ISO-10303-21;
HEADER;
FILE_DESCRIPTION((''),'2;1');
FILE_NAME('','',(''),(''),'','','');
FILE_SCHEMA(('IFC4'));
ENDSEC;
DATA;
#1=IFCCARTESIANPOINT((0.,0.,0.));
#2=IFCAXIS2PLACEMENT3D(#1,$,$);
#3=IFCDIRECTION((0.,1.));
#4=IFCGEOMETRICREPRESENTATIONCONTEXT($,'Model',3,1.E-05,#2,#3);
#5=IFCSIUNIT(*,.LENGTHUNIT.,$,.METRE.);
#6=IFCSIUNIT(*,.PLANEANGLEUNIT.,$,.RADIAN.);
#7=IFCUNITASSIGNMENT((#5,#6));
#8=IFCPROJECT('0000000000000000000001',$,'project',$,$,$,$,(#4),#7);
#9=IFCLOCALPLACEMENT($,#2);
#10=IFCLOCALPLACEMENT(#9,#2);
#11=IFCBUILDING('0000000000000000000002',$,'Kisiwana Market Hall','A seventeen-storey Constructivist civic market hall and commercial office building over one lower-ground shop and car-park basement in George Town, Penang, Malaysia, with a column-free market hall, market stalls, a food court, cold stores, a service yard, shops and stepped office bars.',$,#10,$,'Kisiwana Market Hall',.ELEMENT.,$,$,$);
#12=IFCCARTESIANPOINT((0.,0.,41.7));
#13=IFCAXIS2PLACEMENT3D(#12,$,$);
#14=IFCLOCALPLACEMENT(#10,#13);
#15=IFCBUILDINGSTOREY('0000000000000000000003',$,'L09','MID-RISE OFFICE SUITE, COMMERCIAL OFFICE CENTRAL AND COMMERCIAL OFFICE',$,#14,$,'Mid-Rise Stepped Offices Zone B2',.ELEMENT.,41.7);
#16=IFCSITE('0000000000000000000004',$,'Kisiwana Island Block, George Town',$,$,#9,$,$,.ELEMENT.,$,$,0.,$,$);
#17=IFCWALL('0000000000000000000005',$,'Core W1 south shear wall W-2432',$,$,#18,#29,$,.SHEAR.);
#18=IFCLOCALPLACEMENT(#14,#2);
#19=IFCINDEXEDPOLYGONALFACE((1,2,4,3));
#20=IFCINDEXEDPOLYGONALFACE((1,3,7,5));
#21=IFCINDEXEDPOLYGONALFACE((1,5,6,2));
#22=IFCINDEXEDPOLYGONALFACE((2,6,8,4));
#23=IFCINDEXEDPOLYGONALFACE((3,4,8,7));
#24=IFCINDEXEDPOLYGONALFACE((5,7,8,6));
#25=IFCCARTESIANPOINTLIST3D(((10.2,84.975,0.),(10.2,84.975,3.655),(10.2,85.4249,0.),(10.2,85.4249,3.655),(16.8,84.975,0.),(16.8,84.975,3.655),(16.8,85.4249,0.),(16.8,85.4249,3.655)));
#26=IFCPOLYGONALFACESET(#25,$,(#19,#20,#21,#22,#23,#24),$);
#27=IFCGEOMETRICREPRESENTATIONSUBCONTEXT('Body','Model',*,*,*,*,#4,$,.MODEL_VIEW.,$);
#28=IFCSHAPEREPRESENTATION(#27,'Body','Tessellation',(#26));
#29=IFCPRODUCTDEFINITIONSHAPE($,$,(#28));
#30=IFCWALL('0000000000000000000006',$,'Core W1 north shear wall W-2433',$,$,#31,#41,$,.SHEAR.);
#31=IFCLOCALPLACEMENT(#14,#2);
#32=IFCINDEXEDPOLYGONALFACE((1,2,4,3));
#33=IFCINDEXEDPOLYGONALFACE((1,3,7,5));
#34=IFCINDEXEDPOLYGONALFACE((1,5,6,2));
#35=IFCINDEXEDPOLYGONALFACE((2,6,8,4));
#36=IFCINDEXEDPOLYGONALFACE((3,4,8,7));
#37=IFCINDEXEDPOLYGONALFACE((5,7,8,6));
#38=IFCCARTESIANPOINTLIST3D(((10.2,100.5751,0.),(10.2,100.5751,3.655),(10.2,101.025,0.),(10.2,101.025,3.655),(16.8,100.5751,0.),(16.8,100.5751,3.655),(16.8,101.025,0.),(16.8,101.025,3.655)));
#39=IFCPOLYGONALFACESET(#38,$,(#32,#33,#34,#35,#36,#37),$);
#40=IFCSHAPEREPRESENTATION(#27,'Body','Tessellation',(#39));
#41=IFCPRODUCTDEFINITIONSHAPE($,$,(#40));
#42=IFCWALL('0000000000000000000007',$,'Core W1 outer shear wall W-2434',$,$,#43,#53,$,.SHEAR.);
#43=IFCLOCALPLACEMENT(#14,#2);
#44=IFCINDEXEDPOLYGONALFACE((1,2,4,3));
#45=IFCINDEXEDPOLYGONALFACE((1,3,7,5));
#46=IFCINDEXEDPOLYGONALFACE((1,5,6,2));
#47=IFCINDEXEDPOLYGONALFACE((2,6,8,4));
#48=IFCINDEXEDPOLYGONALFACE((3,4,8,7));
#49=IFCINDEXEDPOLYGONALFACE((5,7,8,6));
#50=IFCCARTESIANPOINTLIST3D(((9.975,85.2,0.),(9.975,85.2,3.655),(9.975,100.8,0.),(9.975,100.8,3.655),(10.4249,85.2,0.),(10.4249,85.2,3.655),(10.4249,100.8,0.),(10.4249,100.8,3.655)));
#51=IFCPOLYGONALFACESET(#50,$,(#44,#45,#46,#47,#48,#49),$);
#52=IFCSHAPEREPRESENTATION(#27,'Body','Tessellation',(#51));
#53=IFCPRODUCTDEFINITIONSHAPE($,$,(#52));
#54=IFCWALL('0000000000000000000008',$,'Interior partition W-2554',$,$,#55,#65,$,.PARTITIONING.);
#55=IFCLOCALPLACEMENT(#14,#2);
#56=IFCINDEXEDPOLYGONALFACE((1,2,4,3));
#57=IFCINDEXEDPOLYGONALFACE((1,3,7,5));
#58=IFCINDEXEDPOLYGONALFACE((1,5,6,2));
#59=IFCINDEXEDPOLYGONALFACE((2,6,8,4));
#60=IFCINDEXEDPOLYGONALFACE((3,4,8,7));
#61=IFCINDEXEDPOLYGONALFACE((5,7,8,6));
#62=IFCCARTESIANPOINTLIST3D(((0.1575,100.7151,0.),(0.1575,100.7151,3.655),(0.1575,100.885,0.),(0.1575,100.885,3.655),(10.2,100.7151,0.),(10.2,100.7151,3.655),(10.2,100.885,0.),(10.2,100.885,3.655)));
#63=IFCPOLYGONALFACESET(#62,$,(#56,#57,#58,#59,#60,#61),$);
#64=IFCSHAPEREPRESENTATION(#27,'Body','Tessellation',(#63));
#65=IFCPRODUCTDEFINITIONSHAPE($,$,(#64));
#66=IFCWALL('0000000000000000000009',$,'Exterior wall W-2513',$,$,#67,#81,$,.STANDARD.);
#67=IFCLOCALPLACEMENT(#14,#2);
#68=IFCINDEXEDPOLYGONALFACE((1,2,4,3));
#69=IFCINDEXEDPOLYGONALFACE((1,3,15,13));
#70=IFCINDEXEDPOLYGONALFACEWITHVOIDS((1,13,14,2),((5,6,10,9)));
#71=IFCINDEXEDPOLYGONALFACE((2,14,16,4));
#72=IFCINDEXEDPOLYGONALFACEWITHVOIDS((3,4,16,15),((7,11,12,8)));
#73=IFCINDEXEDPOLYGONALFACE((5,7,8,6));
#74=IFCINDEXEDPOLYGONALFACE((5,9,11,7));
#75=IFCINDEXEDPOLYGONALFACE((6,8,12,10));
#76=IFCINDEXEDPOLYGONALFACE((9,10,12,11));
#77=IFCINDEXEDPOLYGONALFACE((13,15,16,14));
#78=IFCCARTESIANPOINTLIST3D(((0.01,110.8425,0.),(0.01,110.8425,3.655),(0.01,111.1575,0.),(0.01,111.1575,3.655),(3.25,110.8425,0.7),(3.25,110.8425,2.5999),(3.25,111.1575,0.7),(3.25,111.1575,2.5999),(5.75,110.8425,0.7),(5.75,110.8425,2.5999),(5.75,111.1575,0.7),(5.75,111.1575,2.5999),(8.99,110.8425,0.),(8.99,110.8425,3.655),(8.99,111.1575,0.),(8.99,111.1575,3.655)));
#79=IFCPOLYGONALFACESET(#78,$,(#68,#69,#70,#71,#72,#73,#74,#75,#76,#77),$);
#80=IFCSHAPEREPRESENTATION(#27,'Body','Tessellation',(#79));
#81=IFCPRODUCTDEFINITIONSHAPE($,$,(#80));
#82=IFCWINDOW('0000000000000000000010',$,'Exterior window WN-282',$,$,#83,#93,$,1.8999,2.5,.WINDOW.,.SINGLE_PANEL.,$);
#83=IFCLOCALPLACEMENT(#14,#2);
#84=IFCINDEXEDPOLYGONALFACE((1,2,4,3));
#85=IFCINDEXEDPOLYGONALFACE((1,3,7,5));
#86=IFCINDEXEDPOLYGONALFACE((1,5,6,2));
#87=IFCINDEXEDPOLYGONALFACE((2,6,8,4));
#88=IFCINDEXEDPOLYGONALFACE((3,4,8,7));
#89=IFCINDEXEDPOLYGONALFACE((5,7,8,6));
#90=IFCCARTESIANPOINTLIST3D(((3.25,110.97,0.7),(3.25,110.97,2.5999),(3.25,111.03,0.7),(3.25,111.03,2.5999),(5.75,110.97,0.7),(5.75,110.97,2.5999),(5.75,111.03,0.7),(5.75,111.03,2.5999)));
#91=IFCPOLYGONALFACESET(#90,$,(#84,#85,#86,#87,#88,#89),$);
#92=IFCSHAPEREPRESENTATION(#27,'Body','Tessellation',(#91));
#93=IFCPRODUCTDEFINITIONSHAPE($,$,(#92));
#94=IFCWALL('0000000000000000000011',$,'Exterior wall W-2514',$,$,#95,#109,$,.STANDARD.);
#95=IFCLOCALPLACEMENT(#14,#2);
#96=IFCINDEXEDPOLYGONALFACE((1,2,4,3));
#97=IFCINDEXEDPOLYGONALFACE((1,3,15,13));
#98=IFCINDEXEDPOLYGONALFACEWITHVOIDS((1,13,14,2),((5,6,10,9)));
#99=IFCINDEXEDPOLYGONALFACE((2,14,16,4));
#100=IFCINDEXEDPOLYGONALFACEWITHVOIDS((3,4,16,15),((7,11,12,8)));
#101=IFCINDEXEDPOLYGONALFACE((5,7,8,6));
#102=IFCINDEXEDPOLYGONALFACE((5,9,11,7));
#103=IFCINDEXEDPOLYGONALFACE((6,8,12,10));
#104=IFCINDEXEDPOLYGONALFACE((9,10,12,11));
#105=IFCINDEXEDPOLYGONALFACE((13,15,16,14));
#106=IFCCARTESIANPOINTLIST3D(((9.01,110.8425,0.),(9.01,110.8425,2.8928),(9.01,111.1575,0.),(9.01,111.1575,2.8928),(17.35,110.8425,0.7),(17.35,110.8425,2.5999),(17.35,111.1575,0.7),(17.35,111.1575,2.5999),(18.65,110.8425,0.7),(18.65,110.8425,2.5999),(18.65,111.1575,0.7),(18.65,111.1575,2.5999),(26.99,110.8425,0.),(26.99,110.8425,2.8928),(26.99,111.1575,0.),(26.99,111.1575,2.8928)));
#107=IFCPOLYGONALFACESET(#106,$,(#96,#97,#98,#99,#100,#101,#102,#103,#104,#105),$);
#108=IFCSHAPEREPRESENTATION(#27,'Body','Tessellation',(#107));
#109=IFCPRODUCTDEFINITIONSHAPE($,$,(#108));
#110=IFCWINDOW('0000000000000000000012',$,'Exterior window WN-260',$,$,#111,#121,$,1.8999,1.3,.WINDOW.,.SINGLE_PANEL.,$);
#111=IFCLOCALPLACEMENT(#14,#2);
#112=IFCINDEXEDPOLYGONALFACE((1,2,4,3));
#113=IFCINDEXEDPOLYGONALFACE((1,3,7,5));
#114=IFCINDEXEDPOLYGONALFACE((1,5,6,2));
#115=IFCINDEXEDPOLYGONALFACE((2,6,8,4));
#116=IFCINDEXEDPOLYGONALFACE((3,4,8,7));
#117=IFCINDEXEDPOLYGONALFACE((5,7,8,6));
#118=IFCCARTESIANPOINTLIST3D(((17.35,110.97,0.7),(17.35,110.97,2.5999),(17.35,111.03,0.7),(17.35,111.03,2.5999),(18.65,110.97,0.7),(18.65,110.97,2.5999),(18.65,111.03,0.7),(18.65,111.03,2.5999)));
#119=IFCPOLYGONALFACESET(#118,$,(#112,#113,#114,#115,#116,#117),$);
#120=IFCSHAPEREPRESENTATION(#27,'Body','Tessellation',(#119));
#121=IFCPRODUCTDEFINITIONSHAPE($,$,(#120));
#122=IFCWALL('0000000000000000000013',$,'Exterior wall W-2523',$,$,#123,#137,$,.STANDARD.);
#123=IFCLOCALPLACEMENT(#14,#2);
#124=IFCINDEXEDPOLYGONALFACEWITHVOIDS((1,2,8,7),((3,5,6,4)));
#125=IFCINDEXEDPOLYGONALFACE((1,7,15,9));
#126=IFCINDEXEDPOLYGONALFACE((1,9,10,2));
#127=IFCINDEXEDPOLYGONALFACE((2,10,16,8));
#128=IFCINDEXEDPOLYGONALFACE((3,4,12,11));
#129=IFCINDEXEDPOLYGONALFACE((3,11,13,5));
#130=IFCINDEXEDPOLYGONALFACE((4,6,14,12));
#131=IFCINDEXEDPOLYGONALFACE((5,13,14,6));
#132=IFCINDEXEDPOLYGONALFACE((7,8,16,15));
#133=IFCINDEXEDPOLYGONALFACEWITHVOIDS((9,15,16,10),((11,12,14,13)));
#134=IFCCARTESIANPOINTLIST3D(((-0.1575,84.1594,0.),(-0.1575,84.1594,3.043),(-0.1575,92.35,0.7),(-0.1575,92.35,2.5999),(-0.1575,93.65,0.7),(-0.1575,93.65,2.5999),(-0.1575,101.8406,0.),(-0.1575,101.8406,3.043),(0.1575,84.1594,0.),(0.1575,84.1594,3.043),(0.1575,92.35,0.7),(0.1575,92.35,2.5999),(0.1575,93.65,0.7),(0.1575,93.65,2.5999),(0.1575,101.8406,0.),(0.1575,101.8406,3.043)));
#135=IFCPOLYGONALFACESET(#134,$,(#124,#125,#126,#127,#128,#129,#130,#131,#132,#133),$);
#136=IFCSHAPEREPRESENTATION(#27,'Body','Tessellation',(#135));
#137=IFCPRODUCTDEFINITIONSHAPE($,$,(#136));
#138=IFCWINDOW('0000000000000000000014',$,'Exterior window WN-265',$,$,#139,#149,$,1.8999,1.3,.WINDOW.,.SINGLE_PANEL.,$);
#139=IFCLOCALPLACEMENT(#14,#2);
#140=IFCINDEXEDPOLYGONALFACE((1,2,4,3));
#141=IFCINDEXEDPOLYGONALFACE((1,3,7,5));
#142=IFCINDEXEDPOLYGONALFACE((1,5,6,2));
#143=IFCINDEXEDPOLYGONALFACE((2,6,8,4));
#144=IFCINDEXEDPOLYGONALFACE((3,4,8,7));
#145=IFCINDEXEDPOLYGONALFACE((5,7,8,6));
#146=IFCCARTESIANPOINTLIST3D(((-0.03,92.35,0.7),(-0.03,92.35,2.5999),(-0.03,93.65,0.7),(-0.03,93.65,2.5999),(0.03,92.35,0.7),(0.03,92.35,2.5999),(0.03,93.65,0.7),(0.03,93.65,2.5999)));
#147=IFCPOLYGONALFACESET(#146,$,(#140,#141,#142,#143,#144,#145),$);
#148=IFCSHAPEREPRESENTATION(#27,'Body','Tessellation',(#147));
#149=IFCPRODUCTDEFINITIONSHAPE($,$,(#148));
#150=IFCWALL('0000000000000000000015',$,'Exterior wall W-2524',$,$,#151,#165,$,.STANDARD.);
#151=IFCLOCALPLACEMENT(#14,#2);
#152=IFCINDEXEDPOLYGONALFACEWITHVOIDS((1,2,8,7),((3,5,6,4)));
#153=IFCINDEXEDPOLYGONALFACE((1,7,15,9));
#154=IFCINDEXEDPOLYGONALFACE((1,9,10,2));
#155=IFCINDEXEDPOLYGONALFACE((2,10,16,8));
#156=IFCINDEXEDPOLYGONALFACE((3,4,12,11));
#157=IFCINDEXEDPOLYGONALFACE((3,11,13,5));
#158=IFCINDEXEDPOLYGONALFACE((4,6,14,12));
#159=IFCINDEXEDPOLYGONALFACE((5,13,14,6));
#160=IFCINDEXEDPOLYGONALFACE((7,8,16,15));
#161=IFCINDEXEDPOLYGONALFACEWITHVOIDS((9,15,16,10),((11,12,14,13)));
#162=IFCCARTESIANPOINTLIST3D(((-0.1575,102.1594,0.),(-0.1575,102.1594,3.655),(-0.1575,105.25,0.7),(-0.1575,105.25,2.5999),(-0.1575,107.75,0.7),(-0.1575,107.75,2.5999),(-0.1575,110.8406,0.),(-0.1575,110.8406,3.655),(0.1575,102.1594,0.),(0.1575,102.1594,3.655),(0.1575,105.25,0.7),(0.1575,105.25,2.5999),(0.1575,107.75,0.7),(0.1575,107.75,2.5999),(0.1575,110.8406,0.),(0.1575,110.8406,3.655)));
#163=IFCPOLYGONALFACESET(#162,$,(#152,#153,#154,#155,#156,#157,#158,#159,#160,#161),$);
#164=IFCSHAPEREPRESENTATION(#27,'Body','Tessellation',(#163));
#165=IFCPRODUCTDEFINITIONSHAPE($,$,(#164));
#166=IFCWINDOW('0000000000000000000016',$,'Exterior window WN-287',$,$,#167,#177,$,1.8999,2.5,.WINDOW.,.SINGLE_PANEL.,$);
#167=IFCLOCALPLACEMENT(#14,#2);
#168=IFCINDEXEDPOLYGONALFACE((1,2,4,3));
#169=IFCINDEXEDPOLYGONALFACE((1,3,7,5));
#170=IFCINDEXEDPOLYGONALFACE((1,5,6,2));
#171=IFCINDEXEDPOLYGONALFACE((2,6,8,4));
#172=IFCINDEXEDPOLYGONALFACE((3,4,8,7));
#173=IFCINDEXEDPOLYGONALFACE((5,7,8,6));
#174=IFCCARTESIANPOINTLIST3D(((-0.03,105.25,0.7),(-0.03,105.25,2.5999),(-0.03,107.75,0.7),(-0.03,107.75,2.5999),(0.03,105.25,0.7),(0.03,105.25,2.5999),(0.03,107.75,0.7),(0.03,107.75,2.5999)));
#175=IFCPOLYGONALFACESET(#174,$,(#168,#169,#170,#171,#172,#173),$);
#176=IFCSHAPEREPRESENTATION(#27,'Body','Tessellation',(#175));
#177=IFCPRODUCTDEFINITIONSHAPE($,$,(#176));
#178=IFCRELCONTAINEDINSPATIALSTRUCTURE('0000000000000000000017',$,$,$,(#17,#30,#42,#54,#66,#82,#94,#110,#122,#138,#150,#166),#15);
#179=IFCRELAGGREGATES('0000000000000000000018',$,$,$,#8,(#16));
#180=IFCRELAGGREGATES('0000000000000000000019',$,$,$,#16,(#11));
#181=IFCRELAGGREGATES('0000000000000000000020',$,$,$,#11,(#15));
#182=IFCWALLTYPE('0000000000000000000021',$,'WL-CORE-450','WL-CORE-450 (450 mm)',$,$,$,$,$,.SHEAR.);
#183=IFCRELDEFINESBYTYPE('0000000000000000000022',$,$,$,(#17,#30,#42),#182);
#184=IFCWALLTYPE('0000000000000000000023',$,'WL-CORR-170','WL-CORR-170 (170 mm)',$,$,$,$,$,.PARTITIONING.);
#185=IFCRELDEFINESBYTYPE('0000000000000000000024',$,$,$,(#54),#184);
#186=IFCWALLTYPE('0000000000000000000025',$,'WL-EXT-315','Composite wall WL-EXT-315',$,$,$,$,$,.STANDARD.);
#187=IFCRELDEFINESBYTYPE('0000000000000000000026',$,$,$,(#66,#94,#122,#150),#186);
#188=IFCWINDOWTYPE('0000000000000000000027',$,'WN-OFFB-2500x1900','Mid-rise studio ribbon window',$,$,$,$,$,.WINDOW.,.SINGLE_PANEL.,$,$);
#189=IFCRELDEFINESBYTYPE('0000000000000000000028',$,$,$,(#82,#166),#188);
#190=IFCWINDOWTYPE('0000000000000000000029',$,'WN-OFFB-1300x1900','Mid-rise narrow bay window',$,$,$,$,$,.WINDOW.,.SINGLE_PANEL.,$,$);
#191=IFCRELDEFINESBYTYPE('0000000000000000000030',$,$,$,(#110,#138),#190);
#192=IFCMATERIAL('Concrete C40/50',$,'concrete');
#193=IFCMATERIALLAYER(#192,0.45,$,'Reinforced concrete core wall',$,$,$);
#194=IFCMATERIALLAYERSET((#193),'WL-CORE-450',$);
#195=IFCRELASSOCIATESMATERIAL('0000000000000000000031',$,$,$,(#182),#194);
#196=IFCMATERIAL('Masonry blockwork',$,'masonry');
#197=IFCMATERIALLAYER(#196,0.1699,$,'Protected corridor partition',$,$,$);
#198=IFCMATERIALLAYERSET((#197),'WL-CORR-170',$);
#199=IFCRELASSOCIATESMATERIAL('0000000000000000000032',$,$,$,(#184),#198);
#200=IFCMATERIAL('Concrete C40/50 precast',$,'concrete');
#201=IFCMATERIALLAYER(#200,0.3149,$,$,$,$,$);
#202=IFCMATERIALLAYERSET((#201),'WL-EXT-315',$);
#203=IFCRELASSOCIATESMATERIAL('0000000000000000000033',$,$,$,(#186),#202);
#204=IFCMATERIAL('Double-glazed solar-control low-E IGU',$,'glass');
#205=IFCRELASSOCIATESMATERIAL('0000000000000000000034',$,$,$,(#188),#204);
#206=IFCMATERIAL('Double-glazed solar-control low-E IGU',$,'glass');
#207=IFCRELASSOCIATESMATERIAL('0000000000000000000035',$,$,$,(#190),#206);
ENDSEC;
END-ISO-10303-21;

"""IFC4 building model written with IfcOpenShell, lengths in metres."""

from ifc_helpers import new_model, si_unit, direction, frame, frame_2d, origin, place, context, subcontext, project, spatial, rectangle, extrude, material, layer, layer_set, type_object, element, fill, save


model = new_model("IFC4")

# Units and contexts
model_context = context("Model", 3, precision=1e-05, world=origin(), true_north=direction((0.0, 1.0)))
body_context = subcontext(model_context, "Body", "Model", "MODEL_VIEW")
ifc_project = project(units=[si_unit("LENGTHUNIT", "METRE"), si_unit("PLANEANGLEUNIT", "RADIAN")], contexts=[model_context])

# Site, building, storey
site_placement = place(None, origin())
site = spatial("IfcSite", under=ifc_project, at=site_placement, Name="Kisiwana Island Block, George Town", CompositionType="ELEMENT", RefElevation=0.0)
building_placement = place(site_placement, origin())
building = spatial("IfcBuilding", under=site, at=building_placement, Name="Kisiwana Market Hall", Description="A seventeen-storey Constructivist civic market hall and commercial office building over one lower-ground shop and car-park basement in George Town, Penang, Malaysia, with a column-free market hall, market stalls, a food court, cold stores, a service yard, shops and stepped office bars.", LongName="Kisiwana Market Hall", CompositionType="ELEMENT")
storey_placement = place(building_placement, frame((0.0, 0.0, 41.7)))
storey = spatial("IfcBuildingStorey", under=building, at=storey_placement, Name="L09", Description="MID-RISE OFFICE SUITE, COMMERCIAL OFFICE CENTRAL AND COMMERCIAL OFFICE", LongName="Mid-Rise Stepped Offices Zone B2", CompositionType="ELEMENT", Elevation=41.7)

# Walls
ifc_material_1 = material(Name="Concrete C40/50", Category="concrete")
ifc_layer_1 = layer(ifc_material_1, 0.45, Name="Reinforced concrete core wall")
ifc_layer_set_1 = layer_set([ifc_layer_1], Name="WL-CORE-450")
wall_type_1 = type_object("IfcWallType", Name="WL-CORE-450", Description="WL-CORE-450 (450 mm)", PredefinedType="SHEAR", material=ifc_layer_set_1)
for number, where, z_axis, x_axis, name in (
    (1, (10.2, 85.2, 0.0), (0.0, 0.0, 1.0), (1.0, 0.0, 0.0), "Core W1 south shear wall W-2432"),
    (2, (10.2, 100.8, 0.0), (0.0, 0.0, 1.0), (1.0, 0.0, 0.0), "Core W1 north shear wall W-2433"),
):
    element("IfcWall", number, at=place(storey_placement, frame(where, z_axis=z_axis, x_axis=x_axis)), inside=storey, type_object=wall_type_1, Name=name, PredefinedType="SHEAR", context=body_context, shape_type="SweptSolid", body=[
        extrude(rectangle(XDim=6.6001, YDim=0.45, at=frame_2d((3.3, 0.0))), origin(), (0.0, 0.0, 1.0), 3.655),
    ])
wall_1_placement = place(storey_placement, frame((10.2, 85.2, 0.0), z_axis=(0.0, 0.0, 1.0), x_axis=(0.0, 1.0, 0.0)))
element("IfcWall", 3, at=wall_1_placement, inside=storey, type_object=wall_type_1, Name="Core W1 outer shear wall W-2434", PredefinedType="SHEAR", context=body_context, shape_type="SweptSolid", body=[
    extrude(rectangle(XDim=15.6001, YDim=0.45, at=frame_2d((7.8, 0.0))), origin(), (0.0, 0.0, 1.0), 3.655),
])
ifc_material_2 = material(Name="Masonry blockwork", Category="masonry")
ifc_layer_2 = layer(ifc_material_2, 0.1699, Name="Protected corridor partition")
ifc_layer_set_2 = layer_set([ifc_layer_2], Name="WL-CORR-170")
wall_type_2 = type_object("IfcWallType", Name="WL-CORR-170", Description="WL-CORR-170 (170 mm)", PredefinedType="PARTITIONING", material=ifc_layer_set_2)
wall_2_placement = place(storey_placement, frame((0.1575, 100.8, 0.0), z_axis=(0.0, 0.0, 1.0), x_axis=(1.0, 0.0, 0.0)))
element("IfcWall", 4, at=wall_2_placement, inside=storey, type_object=wall_type_2, Name="Interior partition W-2554", PredefinedType="PARTITIONING", context=body_context, shape_type="SweptSolid", body=[
    extrude(rectangle(XDim=10.0425, YDim=0.1699, at=frame_2d((5.0212, 0.0))), origin(), (0.0, 0.0, 1.0), 3.655),
])

# Walls, openings, windows
ifc_material_3 = material(Name="Concrete C40/50 precast", Category="concrete")
ifc_layer_3 = layer(ifc_material_3, 0.3149)
ifc_layer_set_3 = layer_set([ifc_layer_3], Name="WL-EXT-315")
wall_type_3 = type_object("IfcWallType", Name="WL-EXT-315", Description="Composite wall WL-EXT-315", PredefinedType="STANDARD", material=ifc_layer_set_3)
wall_3_placement = place(storey_placement, frame((0.01, 111.0, 0.0), z_axis=(0.0, 0.0, 1.0), x_axis=(1.0, 0.0, 0.0)))
wall_3 = element("IfcWall", 5, at=wall_3_placement, inside=storey, type_object=wall_type_3, Name="Exterior wall W-2513", PredefinedType="STANDARD", context=body_context, shape_type="SweptSolid", body=[
    extrude(rectangle(XDim=8.98, YDim=0.3149, at=frame_2d((4.49, 0.0))), origin(), (0.0, 0.0, 1.0), 3.655),
])
opening_1_placement = place(wall_3_placement, frame((3.24, 0.0, 0.7)))
opening_1 = element("IfcOpeningElement", 6, at=opening_1_placement, cuts=wall_3, PredefinedType="OPENING", context=body_context, shape_type="SweptSolid", body=[
    extrude(rectangle(XDim=2.5, YDim=1.8999, at=frame_2d((1.25, 0.95))), frame((0.0, 0.1694, 0.0), z_axis=(0.0, -1.0, 0.0), x_axis=(1.0, 0.0, 0.0)), (0.0, 0.0, 1.0), 0.3389),
])
ifc_material_4 = material(Name="Double-glazed solar-control low-E IGU", Category="glass")
window_type_1 = type_object("IfcWindowType", Name="WN-OFFB-2500x1900", Description="Mid-rise studio ribbon window", PartitioningType="SINGLE_PANEL", PredefinedType="WINDOW", material=ifc_material_4)
window_1_placement = place(opening_1_placement, origin())
window_1 = element("IfcWindow", 7, at=window_1_placement, inside=storey, type_object=window_type_1, Name="Exterior window WN-282", OverallHeight=1.8999, OverallWidth=2.5, PartitioningType="SINGLE_PANEL", PredefinedType="WINDOW", context=body_context, shape_type="SweptSolid", body=[
    extrude(rectangle(XDim=2.5, YDim=1.8999, at=frame_2d((1.25, 0.95))), frame((0.0, 0.03, 0.0), z_axis=(0.0, -1.0, 0.0), x_axis=(1.0, 0.0, 0.0)), (0.0, 0.0, 1.0), 0.0601),
])
fill(opening_1, window_1)
wall_4_placement = place(storey_placement, frame((9.01, 111.0, 0.0), z_axis=(0.0, 0.0, 1.0), x_axis=(1.0, 0.0, 0.0)))
wall_4 = element("IfcWall", 8, at=wall_4_placement, inside=storey, type_object=wall_type_3, Name="Exterior wall W-2514", PredefinedType="STANDARD", context=body_context, shape_type="SweptSolid", body=[
    extrude(rectangle(XDim=17.98, YDim=0.3149, at=frame_2d((8.99, 0.0))), origin(), (0.0, 0.0, 1.0), 2.8928),
])
opening_2_placement = place(wall_4_placement, frame((8.3401, 0.0, 0.7)))
opening_2 = element("IfcOpeningElement", 9, at=opening_2_placement, cuts=wall_4, PredefinedType="OPENING", context=body_context, shape_type="SweptSolid", body=[
    extrude(rectangle(XDim=1.3, YDim=1.8999, at=frame_2d((0.6499, 0.95))), frame((0.0, 0.1694, 0.0), z_axis=(0.0, -1.0, 0.0), x_axis=(1.0, 0.0, 0.0)), (0.0, 0.0, 1.0), 0.3389),
])
ifc_material_5 = material(Name="Double-glazed solar-control low-E IGU", Category="glass")
window_type_2 = type_object("IfcWindowType", Name="WN-OFFB-1300x1900", Description="Mid-rise narrow bay window", PartitioningType="SINGLE_PANEL", PredefinedType="WINDOW", material=ifc_material_5)
window_2_placement = place(opening_2_placement, origin())
window_2 = element("IfcWindow", 10, at=window_2_placement, inside=storey, type_object=window_type_2, Name="Exterior window WN-260", OverallHeight=1.8999, OverallWidth=1.3, PartitioningType="SINGLE_PANEL", PredefinedType="WINDOW", context=body_context, shape_type="SweptSolid", body=[
    extrude(rectangle(XDim=1.3, YDim=1.8999, at=frame_2d((0.6499, 0.95))), frame((0.0, 0.03, 0.0), z_axis=(0.0, -1.0, 0.0), x_axis=(1.0, 0.0, 0.0)), (0.0, 0.0, 1.0), 0.0601),
])
fill(opening_2, window_2)
wall_5_placement = place(storey_placement, frame((0.0, 84.1594, 0.0), z_axis=(0.0, 0.0, 1.0), x_axis=(0.0, 1.0, 0.0)))
wall_5 = element("IfcWall", 11, at=wall_5_placement, inside=storey, type_object=wall_type_3, Name="Exterior wall W-2523", PredefinedType="STANDARD", context=body_context, shape_type="SweptSolid", body=[
    extrude(rectangle(XDim=17.6812, YDim=0.3149, at=frame_2d((8.8406, 0.0))), origin(), (0.0, 0.0, 1.0), 3.043),
])
opening_3_placement = place(wall_5_placement, frame((8.1907, 0.0, 0.7)))
opening_3 = element("IfcOpeningElement", 12, at=opening_3_placement, cuts=wall_5, PredefinedType="OPENING", context=body_context, shape_type="SweptSolid", body=[
    extrude(rectangle(XDim=1.3, YDim=1.8999, at=frame_2d((0.6499, 0.95))), frame((0.0, 0.1694, 0.0), z_axis=(0.0, -1.0, 0.0), x_axis=(1.0, 0.0, 0.0)), (0.0, 0.0, 1.0), 0.3389),
])
window_3_placement = place(opening_3_placement, origin())
window_3 = element("IfcWindow", 13, at=window_3_placement, inside=storey, type_object=window_type_2, Name="Exterior window WN-265", OverallHeight=1.8999, OverallWidth=1.3, PartitioningType="SINGLE_PANEL", PredefinedType="WINDOW", context=body_context, shape_type="SweptSolid", body=[
    extrude(rectangle(XDim=1.3, YDim=1.8999, at=frame_2d((0.6499, 0.95))), frame((0.0, 0.03, 0.0), z_axis=(0.0, -1.0, 0.0), x_axis=(1.0, 0.0, 0.0)), (0.0, 0.0, 1.0), 0.0601),
])
fill(opening_3, window_3)
wall_6_placement = place(storey_placement, frame((0.0, 102.1594, 0.0), z_axis=(0.0, 0.0, 1.0), x_axis=(0.0, 1.0, 0.0)))
wall_6 = element("IfcWall", 14, at=wall_6_placement, inside=storey, type_object=wall_type_3, Name="Exterior wall W-2524", PredefinedType="STANDARD", context=body_context, shape_type="SweptSolid", body=[
    extrude(rectangle(XDim=8.6812, YDim=0.3149, at=frame_2d((4.3406, 0.0))), origin(), (0.0, 0.0, 1.0), 3.655),
])
opening_4_placement = place(wall_6_placement, frame((3.0906, 0.0, 0.7)))
opening_4 = element("IfcOpeningElement", 15, at=opening_4_placement, cuts=wall_6, PredefinedType="OPENING", context=body_context, shape_type="SweptSolid", body=[
    extrude(rectangle(XDim=2.5, YDim=1.8999, at=frame_2d((1.25, 0.95))), frame((0.0, 0.1694, 0.0), z_axis=(0.0, -1.0, 0.0), x_axis=(1.0, 0.0, 0.0)), (0.0, 0.0, 1.0), 0.3389),
])
window_4_placement = place(opening_4_placement, origin())
window_4 = element("IfcWindow", 16, at=window_4_placement, inside=storey, type_object=window_type_1, Name="Exterior window WN-287", OverallHeight=1.8999, OverallWidth=2.5, PartitioningType="SINGLE_PANEL", PredefinedType="WINDOW", context=body_context, shape_type="SweptSolid", body=[
    extrude(rectangle(XDim=2.5, YDim=1.8999, at=frame_2d((1.25, 0.95))), frame((0.0, 0.03, 0.0), z_axis=(0.0, -1.0, 0.0), x_axis=(1.0, 0.0, 0.0)), (0.0, 0.0, 1.0), 0.0601),
])
fill(opening_4, window_4)

save(model, "model.ifc")
